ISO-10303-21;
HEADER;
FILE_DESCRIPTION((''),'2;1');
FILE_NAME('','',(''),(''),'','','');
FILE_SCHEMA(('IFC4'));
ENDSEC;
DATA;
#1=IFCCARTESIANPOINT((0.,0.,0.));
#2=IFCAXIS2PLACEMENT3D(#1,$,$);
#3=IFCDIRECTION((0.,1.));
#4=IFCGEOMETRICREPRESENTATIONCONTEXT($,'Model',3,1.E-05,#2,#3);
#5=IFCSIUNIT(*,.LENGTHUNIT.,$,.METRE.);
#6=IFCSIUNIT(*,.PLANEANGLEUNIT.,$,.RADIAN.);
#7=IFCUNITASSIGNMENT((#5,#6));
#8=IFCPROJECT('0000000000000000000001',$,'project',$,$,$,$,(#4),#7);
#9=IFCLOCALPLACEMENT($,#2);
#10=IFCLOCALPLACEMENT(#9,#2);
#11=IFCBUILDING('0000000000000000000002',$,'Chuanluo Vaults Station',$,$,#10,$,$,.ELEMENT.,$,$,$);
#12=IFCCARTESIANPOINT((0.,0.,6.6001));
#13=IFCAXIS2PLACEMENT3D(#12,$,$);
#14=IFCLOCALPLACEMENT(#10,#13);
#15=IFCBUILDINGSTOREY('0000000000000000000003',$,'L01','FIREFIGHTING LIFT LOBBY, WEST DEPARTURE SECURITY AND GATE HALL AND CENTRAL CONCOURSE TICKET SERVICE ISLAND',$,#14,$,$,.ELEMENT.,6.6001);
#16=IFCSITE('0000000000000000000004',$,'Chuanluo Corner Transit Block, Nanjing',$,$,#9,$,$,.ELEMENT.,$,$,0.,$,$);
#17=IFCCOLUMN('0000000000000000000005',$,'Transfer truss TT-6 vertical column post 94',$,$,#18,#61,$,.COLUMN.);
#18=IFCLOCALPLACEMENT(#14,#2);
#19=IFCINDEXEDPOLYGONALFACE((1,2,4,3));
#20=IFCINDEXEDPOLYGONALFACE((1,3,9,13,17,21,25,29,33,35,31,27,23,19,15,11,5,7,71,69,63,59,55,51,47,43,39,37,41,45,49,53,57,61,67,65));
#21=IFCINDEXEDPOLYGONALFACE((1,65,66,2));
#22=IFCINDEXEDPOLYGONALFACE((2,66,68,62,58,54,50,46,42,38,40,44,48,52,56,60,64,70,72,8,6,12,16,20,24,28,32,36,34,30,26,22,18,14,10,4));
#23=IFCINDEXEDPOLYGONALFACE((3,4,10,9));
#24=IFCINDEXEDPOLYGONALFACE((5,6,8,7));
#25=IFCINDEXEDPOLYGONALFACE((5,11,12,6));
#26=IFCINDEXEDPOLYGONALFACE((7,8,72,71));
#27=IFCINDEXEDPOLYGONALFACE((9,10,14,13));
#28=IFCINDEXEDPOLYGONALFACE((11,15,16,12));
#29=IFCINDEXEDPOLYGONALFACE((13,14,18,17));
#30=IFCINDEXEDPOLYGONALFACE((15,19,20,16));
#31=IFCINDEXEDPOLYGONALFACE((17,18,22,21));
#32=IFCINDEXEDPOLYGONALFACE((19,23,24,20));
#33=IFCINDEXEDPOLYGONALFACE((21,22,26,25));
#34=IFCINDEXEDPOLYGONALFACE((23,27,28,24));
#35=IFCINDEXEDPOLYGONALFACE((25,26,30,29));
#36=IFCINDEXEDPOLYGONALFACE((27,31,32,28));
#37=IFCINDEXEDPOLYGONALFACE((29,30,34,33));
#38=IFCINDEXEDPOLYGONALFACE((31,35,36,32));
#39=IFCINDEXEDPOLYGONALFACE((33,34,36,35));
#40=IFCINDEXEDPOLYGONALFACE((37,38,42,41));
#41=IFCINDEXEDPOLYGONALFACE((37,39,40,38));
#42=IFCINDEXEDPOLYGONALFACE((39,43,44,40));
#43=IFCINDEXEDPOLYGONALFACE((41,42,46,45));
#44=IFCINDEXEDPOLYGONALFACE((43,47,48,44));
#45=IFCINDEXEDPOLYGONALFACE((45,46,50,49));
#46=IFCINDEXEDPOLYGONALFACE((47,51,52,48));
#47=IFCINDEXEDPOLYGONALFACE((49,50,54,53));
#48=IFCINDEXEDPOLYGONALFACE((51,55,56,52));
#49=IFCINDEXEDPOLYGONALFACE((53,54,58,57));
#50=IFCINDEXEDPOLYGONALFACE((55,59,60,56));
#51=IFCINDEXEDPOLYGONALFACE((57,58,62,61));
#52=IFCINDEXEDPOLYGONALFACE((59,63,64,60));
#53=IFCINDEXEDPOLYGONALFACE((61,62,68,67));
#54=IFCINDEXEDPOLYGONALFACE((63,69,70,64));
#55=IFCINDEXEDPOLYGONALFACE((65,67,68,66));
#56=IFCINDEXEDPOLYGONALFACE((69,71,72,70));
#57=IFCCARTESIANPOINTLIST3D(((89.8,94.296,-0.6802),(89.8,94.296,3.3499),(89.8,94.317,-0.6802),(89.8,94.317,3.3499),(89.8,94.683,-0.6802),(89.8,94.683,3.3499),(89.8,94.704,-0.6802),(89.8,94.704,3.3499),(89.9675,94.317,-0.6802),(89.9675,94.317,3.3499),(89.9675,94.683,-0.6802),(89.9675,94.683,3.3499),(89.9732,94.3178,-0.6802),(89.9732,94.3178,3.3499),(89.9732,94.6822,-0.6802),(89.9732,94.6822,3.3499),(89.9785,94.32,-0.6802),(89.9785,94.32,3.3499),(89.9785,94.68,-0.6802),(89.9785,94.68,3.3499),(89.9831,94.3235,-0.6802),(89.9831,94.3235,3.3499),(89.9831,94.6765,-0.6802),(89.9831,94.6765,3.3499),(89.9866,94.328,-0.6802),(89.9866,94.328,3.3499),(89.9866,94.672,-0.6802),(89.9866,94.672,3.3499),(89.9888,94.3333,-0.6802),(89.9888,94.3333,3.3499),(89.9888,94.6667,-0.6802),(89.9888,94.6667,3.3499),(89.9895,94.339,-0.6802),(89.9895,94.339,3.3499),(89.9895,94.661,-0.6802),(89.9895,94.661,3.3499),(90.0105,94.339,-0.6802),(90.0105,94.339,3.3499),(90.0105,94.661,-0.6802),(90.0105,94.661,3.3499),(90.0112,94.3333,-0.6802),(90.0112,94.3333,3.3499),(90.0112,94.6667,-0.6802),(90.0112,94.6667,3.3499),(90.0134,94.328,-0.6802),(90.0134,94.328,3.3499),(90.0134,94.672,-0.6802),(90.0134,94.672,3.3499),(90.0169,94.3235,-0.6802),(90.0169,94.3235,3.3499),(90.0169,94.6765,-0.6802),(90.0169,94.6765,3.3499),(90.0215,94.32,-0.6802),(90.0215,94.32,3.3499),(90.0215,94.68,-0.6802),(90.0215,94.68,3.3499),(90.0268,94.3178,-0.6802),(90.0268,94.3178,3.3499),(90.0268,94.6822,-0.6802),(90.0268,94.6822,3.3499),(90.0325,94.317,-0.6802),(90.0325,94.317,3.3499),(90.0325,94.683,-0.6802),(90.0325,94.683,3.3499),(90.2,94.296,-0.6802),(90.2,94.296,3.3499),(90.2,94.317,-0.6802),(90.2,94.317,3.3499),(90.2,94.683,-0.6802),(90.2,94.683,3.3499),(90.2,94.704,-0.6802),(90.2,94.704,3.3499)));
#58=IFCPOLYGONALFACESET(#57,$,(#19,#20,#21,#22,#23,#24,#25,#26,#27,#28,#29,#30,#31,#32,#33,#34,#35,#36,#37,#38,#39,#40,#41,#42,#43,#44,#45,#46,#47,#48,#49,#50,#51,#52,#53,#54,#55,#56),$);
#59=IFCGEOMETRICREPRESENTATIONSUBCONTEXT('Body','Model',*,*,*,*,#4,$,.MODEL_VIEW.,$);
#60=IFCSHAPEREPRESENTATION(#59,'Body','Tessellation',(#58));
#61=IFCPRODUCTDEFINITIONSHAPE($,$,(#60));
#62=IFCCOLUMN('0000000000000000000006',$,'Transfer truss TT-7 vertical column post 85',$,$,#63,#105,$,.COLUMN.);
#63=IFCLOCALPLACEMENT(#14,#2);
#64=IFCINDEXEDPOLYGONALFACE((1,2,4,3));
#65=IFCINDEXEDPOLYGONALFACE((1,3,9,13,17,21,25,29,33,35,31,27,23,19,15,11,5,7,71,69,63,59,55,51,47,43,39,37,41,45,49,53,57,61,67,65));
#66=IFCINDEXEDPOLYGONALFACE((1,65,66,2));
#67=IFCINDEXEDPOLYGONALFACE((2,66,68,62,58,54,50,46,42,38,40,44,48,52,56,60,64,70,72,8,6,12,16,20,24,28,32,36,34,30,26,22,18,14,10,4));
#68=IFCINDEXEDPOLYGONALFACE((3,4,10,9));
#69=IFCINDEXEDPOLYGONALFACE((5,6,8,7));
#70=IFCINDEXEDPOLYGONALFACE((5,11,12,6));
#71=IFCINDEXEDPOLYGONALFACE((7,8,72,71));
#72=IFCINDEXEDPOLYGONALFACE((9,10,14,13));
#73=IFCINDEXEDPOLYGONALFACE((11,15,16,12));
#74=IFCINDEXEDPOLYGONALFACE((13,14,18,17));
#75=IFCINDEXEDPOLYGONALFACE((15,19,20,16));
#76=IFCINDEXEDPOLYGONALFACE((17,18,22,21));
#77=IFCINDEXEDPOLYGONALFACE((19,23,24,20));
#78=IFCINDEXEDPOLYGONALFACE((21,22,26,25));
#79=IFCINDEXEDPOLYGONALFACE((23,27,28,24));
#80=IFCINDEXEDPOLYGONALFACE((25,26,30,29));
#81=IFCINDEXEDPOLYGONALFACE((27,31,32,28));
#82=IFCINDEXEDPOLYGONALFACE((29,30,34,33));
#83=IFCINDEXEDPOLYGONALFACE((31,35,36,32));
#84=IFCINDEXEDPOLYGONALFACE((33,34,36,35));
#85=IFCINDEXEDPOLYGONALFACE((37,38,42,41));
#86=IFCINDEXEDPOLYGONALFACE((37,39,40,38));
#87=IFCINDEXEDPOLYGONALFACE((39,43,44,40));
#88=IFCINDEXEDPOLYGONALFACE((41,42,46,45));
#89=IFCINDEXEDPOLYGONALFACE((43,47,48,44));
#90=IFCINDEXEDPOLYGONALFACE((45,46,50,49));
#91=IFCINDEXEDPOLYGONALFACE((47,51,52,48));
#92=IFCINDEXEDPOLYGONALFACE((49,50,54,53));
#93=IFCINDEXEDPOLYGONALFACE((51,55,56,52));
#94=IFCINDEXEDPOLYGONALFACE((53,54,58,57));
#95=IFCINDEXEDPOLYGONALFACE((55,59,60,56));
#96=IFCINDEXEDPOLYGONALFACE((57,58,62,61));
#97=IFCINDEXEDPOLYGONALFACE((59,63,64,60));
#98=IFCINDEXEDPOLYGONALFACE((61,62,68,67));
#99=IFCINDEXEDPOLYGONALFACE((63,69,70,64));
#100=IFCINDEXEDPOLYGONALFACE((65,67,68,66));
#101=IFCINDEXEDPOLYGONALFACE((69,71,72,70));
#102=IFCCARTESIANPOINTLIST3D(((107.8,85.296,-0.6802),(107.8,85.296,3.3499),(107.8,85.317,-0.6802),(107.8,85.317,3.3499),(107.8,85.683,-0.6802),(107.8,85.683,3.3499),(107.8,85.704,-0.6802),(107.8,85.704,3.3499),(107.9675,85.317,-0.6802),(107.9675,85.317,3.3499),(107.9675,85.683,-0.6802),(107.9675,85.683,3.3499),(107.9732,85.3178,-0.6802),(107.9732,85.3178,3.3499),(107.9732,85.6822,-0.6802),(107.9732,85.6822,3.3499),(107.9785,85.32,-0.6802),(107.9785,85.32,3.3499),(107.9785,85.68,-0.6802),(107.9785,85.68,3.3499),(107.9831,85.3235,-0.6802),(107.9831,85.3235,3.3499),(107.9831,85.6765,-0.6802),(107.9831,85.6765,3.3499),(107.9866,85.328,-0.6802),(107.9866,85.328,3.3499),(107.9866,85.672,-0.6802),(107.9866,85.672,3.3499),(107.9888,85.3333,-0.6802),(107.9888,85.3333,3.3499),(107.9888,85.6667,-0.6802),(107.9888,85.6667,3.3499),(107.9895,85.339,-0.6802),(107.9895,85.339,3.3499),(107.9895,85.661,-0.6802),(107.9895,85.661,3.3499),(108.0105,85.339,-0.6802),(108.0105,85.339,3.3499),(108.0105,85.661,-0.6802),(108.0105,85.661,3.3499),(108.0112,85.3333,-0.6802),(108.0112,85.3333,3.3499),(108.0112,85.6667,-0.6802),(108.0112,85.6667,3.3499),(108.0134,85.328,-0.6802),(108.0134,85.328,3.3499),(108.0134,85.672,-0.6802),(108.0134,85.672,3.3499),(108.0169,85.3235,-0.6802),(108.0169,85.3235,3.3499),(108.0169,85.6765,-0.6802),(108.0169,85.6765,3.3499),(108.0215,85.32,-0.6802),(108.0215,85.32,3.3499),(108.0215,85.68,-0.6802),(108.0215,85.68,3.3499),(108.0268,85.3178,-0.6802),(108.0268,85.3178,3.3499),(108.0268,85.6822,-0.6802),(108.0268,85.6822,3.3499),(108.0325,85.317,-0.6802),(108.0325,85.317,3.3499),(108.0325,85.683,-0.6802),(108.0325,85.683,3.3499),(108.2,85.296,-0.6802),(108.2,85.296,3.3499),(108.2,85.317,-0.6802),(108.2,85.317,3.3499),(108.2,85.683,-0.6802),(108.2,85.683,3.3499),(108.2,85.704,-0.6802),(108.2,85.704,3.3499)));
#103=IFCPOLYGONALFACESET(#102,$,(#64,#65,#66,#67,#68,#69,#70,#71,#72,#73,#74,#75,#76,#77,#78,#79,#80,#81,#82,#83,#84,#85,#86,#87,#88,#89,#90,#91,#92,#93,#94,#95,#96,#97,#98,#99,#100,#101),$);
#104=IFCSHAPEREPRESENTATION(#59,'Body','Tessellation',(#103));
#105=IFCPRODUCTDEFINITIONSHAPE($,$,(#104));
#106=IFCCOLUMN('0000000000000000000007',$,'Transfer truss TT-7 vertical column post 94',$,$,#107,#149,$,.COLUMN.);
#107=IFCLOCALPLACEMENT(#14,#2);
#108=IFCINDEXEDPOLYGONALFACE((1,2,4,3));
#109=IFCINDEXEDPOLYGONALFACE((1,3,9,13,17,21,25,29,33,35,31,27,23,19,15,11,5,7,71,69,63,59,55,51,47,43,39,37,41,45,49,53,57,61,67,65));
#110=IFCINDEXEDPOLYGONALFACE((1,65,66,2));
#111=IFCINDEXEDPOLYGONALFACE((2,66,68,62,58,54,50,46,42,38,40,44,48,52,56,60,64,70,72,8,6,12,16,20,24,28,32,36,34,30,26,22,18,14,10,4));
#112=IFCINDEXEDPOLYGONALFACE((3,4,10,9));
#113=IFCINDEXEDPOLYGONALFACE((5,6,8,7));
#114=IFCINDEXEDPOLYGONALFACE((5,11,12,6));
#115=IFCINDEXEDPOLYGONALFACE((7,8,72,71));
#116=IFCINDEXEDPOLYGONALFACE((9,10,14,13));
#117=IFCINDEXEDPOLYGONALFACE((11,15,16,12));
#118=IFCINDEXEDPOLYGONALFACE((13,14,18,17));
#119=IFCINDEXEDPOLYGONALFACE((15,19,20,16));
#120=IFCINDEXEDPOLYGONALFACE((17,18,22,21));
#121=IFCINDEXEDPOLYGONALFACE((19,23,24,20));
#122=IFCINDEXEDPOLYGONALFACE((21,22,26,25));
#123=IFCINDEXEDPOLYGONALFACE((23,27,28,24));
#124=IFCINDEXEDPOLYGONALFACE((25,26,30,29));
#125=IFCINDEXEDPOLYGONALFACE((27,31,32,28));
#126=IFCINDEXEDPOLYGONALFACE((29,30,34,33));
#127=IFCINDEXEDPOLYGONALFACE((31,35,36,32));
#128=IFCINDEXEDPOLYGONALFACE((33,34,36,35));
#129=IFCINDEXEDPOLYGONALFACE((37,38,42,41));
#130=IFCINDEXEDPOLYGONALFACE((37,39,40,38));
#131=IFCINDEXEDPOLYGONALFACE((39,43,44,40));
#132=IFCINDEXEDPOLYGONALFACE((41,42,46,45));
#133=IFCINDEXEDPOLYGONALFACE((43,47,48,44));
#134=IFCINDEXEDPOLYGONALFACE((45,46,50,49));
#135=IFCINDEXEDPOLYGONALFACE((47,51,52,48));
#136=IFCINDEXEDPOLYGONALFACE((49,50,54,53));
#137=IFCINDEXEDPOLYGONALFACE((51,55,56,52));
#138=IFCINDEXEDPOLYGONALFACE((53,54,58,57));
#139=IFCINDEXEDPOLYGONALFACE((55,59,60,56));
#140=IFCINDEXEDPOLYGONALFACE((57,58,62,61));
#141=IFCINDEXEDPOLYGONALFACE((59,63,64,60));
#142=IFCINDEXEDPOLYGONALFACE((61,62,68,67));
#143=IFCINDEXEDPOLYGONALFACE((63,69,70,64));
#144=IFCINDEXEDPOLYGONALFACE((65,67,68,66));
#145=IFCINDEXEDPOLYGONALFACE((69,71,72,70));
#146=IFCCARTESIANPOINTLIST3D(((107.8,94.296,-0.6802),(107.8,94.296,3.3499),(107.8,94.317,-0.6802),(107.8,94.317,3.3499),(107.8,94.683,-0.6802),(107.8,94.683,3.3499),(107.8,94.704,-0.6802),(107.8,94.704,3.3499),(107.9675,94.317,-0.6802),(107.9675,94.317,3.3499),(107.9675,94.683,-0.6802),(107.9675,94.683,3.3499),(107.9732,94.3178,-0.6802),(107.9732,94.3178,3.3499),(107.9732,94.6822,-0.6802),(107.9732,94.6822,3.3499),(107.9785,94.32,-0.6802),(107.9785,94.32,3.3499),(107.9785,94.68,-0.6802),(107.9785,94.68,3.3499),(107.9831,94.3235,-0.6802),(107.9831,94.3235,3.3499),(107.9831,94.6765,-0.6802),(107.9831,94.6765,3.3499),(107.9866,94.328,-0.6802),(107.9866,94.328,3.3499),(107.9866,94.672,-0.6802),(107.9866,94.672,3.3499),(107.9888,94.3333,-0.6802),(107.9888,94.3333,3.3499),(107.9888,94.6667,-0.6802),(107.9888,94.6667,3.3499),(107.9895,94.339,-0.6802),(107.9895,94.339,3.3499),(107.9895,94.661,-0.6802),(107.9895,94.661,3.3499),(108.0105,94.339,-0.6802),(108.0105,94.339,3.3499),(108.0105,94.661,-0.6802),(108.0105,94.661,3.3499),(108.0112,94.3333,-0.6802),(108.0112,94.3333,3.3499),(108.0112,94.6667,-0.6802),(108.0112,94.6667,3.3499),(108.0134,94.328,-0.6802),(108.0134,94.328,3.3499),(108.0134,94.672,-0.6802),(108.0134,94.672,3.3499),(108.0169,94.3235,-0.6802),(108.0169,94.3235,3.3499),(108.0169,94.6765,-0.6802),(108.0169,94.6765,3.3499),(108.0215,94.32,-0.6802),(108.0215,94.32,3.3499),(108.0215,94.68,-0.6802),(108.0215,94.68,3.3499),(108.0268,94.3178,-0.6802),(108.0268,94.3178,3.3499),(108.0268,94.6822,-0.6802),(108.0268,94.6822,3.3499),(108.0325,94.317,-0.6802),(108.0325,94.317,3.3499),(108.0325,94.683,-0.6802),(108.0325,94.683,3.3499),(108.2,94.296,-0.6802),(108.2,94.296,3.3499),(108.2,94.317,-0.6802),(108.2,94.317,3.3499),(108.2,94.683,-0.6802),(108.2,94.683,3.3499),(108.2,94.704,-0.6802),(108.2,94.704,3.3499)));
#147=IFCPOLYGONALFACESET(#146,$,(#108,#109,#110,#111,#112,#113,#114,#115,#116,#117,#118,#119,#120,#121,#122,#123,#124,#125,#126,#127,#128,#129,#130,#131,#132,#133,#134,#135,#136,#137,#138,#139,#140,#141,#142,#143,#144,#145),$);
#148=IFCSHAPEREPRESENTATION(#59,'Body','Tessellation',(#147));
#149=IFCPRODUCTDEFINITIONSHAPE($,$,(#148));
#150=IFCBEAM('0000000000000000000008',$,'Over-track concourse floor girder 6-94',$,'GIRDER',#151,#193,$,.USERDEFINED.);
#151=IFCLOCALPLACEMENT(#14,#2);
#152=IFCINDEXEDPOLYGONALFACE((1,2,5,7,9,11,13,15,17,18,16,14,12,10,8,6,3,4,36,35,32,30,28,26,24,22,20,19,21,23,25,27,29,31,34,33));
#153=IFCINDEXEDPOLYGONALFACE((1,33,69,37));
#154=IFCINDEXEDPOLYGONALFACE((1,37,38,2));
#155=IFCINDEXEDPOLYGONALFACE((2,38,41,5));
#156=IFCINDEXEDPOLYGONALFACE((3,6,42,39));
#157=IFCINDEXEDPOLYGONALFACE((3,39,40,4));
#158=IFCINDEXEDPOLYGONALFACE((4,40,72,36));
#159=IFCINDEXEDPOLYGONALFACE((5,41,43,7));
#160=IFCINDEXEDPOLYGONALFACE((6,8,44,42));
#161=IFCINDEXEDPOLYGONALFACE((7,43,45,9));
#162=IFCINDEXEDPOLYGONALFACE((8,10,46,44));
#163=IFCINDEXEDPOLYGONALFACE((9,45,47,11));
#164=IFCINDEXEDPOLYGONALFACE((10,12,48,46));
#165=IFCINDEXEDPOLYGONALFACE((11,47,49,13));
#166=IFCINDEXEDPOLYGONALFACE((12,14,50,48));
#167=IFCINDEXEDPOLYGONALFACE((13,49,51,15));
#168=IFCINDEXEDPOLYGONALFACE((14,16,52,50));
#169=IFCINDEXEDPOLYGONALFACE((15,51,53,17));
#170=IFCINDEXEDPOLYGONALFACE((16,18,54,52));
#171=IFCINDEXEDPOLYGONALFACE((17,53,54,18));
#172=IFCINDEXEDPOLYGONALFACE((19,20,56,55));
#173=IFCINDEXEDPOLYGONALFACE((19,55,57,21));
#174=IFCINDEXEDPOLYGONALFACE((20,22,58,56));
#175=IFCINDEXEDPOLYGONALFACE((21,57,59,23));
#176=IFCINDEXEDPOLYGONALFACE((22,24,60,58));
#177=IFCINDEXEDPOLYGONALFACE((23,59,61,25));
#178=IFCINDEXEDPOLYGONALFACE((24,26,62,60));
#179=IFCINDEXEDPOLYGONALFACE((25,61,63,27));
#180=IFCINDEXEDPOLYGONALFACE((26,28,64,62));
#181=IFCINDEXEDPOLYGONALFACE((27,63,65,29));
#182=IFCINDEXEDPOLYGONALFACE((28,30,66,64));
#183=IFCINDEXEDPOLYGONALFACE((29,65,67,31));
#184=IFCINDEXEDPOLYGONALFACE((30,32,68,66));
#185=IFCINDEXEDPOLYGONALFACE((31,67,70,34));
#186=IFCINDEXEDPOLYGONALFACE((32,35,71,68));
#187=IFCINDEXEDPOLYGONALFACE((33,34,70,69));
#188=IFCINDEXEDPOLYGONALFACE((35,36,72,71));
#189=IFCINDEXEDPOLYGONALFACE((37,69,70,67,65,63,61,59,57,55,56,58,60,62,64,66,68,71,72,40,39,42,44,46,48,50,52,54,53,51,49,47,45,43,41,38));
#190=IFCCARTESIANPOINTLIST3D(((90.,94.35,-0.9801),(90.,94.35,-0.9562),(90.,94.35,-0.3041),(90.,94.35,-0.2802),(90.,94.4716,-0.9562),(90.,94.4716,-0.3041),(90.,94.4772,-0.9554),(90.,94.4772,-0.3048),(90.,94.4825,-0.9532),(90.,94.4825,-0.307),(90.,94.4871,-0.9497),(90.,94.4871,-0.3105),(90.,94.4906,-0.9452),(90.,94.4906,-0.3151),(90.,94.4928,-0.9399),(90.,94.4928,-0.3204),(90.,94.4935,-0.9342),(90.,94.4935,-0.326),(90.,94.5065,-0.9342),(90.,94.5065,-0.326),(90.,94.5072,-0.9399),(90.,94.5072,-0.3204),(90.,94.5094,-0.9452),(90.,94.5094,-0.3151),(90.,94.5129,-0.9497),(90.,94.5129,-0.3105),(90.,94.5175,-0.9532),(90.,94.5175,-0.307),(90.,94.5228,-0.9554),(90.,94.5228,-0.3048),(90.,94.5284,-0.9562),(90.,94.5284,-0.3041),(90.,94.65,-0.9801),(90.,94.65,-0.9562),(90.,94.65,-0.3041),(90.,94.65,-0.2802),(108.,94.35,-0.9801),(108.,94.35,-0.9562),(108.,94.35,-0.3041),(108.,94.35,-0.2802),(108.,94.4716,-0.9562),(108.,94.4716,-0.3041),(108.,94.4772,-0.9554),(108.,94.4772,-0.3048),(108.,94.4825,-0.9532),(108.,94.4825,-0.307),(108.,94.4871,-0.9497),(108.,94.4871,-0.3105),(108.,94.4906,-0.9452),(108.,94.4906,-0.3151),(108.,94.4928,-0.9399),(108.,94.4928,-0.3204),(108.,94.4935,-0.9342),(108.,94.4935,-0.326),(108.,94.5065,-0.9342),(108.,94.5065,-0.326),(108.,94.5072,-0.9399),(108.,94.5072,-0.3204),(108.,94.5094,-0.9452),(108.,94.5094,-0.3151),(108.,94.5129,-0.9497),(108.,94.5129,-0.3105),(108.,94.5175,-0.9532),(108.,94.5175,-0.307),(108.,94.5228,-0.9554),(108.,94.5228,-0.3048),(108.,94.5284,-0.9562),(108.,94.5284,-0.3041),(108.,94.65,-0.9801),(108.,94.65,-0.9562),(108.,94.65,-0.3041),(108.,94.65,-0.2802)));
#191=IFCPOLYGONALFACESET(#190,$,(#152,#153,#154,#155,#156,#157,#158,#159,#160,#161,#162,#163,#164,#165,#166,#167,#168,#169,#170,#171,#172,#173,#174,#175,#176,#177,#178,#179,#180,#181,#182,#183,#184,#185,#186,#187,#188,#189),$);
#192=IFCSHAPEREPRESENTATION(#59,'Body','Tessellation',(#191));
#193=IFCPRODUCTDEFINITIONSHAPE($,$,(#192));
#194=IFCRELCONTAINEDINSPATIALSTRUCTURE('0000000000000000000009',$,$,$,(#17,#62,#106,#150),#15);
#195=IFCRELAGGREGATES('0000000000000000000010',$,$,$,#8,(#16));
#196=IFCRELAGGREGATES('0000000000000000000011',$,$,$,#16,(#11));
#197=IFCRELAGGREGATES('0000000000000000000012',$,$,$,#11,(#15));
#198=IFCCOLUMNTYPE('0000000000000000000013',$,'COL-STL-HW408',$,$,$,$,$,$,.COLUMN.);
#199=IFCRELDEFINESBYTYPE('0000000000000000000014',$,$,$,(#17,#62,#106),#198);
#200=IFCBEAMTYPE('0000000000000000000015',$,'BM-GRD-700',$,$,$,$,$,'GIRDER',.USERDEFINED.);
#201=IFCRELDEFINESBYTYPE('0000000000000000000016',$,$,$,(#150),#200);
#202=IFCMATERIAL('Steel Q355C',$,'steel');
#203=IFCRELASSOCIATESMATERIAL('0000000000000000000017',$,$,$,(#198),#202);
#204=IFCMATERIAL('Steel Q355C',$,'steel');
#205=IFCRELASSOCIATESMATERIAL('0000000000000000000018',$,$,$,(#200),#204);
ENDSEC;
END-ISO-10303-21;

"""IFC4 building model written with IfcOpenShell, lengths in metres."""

from ifc_helpers import new_model, si_unit, direction, frame, origin, origin_2d, place, context, subcontext, project, spatial, i_section, extrude, material, material_profile, profile_set, type_object, element, save


model = new_model("IFC4")

# Units and contexts
model_context = context("Model", 3, precision=1e-05, world=origin(), true_north=direction((0.0, 1.0)))
body_context = subcontext(model_context, "Body", "Model", "MODEL_VIEW")
ifc_project = project(units=[si_unit("LENGTHUNIT", "METRE"), si_unit("PLANEANGLEUNIT", "RADIAN")], contexts=[model_context])

# Site, building, storey
site_placement = place(None, origin())
site = spatial("IfcSite", under=ifc_project, at=site_placement, Name="Chuanluo Corner Transit Block, Nanjing", CompositionType="ELEMENT", RefElevation=0.0)
building_placement = place(site_placement, origin())
building = spatial("IfcBuilding", under=site, at=building_placement, Name="Chuanluo Vaults Station", CompositionType="ELEMENT")
storey_placement = place(building_placement, frame((0.0, 0.0, 6.6001)))
storey = spatial("IfcBuildingStorey", under=building, at=storey_placement, Name="L01", Description="FIREFIGHTING LIFT LOBBY, WEST DEPARTURE SECURITY AND GATE HALL AND CENTRAL CONCOURSE TICKET SERVICE ISLAND", CompositionType="ELEMENT", Elevation=6.6001)

# Columns
ifc_material_1 = material(Name="Steel Q355C", Category="steel")
ifc_material_profile_1 = material_profile(ifc_material_1, i_section(OverallWidth=0.3999, OverallDepth=0.408, WebThickness=0.021, FlangeThickness=0.021, FilletRadius=0.022, at=origin_2d()))
ifc_profile_set_1 = profile_set([ifc_material_profile_1], Name="Steel Q355C")
column_type = type_object("IfcColumnType", Name="COL-STL-HW408", PredefinedType="COLUMN", material=ifc_profile_set_1)
for number, where, z_axis, x_axis, name in (
    (1, (90.0, 94.5, -0.6802), (0.0, 0.0, 1.0), (1.0, 0.0, 0.0), "Transfer truss TT-6 vertical column post 94"),
    (2, (108.0, 85.5, -0.6802), (0.0, 0.0, 1.0), (1.0, 0.0, 0.0), "Transfer truss TT-7 vertical column post 85"),
    (3, (108.0, 94.5, -0.6802), (0.0, 0.0, 1.0), (1.0, 0.0, 0.0), "Transfer truss TT-7 vertical column post 94"),
):
    element("IfcColumn", number, at=place(storey_placement, frame(where, z_axis=z_axis, x_axis=x_axis)), inside=storey, type_object=column_type, Name=name, PredefinedType="COLUMN", context=body_context, shape_type="SweptSolid", body=[
        extrude(i_section(OverallWidth=0.3999, OverallDepth=0.408, WebThickness=0.021, FlangeThickness=0.021, FilletRadius=0.022, at=origin_2d()), origin(), (0.0, 0.0, 1.0), 4.03),
    ])

# Beam
ifc_material_2 = material(Name="Steel Q355C", Category="steel")
ifc_material_profile_2 = material_profile(ifc_material_2, i_section(OverallWidth=0.3, OverallDepth=0.7, WebThickness=0.0129, FlangeThickness=0.0239, FilletRadius=0.022, at=origin_2d()))
ifc_profile_set_2 = profile_set([ifc_material_profile_2], Name="Steel Q355C")
beam_type_1 = type_object("IfcBeamType", Name="BM-GRD-700", ElementType="GIRDER", PredefinedType="USERDEFINED", material=ifc_profile_set_2)
beam_placement = place(storey_placement, frame((90.0, 94.5, -0.6301), z_axis=(1.0, 0.0, 0.0), x_axis=(0.0, 1.0, 0.0)))
element("IfcBeam", 4, at=beam_placement, inside=storey, type_object=beam_type_1, Name="Over-track concourse floor girder 6-94", ObjectType="GIRDER", PredefinedType="USERDEFINED", context=body_context, shape_type="SweptSolid", body=[
    extrude(i_section(OverallWidth=0.3, OverallDepth=0.7, WebThickness=0.0129, FlangeThickness=0.0239, FilletRadius=0.022, at=origin_2d()), origin(), (0.0, 0.0, 1.0), 18.0),
])

save(model, "model.ifc")
